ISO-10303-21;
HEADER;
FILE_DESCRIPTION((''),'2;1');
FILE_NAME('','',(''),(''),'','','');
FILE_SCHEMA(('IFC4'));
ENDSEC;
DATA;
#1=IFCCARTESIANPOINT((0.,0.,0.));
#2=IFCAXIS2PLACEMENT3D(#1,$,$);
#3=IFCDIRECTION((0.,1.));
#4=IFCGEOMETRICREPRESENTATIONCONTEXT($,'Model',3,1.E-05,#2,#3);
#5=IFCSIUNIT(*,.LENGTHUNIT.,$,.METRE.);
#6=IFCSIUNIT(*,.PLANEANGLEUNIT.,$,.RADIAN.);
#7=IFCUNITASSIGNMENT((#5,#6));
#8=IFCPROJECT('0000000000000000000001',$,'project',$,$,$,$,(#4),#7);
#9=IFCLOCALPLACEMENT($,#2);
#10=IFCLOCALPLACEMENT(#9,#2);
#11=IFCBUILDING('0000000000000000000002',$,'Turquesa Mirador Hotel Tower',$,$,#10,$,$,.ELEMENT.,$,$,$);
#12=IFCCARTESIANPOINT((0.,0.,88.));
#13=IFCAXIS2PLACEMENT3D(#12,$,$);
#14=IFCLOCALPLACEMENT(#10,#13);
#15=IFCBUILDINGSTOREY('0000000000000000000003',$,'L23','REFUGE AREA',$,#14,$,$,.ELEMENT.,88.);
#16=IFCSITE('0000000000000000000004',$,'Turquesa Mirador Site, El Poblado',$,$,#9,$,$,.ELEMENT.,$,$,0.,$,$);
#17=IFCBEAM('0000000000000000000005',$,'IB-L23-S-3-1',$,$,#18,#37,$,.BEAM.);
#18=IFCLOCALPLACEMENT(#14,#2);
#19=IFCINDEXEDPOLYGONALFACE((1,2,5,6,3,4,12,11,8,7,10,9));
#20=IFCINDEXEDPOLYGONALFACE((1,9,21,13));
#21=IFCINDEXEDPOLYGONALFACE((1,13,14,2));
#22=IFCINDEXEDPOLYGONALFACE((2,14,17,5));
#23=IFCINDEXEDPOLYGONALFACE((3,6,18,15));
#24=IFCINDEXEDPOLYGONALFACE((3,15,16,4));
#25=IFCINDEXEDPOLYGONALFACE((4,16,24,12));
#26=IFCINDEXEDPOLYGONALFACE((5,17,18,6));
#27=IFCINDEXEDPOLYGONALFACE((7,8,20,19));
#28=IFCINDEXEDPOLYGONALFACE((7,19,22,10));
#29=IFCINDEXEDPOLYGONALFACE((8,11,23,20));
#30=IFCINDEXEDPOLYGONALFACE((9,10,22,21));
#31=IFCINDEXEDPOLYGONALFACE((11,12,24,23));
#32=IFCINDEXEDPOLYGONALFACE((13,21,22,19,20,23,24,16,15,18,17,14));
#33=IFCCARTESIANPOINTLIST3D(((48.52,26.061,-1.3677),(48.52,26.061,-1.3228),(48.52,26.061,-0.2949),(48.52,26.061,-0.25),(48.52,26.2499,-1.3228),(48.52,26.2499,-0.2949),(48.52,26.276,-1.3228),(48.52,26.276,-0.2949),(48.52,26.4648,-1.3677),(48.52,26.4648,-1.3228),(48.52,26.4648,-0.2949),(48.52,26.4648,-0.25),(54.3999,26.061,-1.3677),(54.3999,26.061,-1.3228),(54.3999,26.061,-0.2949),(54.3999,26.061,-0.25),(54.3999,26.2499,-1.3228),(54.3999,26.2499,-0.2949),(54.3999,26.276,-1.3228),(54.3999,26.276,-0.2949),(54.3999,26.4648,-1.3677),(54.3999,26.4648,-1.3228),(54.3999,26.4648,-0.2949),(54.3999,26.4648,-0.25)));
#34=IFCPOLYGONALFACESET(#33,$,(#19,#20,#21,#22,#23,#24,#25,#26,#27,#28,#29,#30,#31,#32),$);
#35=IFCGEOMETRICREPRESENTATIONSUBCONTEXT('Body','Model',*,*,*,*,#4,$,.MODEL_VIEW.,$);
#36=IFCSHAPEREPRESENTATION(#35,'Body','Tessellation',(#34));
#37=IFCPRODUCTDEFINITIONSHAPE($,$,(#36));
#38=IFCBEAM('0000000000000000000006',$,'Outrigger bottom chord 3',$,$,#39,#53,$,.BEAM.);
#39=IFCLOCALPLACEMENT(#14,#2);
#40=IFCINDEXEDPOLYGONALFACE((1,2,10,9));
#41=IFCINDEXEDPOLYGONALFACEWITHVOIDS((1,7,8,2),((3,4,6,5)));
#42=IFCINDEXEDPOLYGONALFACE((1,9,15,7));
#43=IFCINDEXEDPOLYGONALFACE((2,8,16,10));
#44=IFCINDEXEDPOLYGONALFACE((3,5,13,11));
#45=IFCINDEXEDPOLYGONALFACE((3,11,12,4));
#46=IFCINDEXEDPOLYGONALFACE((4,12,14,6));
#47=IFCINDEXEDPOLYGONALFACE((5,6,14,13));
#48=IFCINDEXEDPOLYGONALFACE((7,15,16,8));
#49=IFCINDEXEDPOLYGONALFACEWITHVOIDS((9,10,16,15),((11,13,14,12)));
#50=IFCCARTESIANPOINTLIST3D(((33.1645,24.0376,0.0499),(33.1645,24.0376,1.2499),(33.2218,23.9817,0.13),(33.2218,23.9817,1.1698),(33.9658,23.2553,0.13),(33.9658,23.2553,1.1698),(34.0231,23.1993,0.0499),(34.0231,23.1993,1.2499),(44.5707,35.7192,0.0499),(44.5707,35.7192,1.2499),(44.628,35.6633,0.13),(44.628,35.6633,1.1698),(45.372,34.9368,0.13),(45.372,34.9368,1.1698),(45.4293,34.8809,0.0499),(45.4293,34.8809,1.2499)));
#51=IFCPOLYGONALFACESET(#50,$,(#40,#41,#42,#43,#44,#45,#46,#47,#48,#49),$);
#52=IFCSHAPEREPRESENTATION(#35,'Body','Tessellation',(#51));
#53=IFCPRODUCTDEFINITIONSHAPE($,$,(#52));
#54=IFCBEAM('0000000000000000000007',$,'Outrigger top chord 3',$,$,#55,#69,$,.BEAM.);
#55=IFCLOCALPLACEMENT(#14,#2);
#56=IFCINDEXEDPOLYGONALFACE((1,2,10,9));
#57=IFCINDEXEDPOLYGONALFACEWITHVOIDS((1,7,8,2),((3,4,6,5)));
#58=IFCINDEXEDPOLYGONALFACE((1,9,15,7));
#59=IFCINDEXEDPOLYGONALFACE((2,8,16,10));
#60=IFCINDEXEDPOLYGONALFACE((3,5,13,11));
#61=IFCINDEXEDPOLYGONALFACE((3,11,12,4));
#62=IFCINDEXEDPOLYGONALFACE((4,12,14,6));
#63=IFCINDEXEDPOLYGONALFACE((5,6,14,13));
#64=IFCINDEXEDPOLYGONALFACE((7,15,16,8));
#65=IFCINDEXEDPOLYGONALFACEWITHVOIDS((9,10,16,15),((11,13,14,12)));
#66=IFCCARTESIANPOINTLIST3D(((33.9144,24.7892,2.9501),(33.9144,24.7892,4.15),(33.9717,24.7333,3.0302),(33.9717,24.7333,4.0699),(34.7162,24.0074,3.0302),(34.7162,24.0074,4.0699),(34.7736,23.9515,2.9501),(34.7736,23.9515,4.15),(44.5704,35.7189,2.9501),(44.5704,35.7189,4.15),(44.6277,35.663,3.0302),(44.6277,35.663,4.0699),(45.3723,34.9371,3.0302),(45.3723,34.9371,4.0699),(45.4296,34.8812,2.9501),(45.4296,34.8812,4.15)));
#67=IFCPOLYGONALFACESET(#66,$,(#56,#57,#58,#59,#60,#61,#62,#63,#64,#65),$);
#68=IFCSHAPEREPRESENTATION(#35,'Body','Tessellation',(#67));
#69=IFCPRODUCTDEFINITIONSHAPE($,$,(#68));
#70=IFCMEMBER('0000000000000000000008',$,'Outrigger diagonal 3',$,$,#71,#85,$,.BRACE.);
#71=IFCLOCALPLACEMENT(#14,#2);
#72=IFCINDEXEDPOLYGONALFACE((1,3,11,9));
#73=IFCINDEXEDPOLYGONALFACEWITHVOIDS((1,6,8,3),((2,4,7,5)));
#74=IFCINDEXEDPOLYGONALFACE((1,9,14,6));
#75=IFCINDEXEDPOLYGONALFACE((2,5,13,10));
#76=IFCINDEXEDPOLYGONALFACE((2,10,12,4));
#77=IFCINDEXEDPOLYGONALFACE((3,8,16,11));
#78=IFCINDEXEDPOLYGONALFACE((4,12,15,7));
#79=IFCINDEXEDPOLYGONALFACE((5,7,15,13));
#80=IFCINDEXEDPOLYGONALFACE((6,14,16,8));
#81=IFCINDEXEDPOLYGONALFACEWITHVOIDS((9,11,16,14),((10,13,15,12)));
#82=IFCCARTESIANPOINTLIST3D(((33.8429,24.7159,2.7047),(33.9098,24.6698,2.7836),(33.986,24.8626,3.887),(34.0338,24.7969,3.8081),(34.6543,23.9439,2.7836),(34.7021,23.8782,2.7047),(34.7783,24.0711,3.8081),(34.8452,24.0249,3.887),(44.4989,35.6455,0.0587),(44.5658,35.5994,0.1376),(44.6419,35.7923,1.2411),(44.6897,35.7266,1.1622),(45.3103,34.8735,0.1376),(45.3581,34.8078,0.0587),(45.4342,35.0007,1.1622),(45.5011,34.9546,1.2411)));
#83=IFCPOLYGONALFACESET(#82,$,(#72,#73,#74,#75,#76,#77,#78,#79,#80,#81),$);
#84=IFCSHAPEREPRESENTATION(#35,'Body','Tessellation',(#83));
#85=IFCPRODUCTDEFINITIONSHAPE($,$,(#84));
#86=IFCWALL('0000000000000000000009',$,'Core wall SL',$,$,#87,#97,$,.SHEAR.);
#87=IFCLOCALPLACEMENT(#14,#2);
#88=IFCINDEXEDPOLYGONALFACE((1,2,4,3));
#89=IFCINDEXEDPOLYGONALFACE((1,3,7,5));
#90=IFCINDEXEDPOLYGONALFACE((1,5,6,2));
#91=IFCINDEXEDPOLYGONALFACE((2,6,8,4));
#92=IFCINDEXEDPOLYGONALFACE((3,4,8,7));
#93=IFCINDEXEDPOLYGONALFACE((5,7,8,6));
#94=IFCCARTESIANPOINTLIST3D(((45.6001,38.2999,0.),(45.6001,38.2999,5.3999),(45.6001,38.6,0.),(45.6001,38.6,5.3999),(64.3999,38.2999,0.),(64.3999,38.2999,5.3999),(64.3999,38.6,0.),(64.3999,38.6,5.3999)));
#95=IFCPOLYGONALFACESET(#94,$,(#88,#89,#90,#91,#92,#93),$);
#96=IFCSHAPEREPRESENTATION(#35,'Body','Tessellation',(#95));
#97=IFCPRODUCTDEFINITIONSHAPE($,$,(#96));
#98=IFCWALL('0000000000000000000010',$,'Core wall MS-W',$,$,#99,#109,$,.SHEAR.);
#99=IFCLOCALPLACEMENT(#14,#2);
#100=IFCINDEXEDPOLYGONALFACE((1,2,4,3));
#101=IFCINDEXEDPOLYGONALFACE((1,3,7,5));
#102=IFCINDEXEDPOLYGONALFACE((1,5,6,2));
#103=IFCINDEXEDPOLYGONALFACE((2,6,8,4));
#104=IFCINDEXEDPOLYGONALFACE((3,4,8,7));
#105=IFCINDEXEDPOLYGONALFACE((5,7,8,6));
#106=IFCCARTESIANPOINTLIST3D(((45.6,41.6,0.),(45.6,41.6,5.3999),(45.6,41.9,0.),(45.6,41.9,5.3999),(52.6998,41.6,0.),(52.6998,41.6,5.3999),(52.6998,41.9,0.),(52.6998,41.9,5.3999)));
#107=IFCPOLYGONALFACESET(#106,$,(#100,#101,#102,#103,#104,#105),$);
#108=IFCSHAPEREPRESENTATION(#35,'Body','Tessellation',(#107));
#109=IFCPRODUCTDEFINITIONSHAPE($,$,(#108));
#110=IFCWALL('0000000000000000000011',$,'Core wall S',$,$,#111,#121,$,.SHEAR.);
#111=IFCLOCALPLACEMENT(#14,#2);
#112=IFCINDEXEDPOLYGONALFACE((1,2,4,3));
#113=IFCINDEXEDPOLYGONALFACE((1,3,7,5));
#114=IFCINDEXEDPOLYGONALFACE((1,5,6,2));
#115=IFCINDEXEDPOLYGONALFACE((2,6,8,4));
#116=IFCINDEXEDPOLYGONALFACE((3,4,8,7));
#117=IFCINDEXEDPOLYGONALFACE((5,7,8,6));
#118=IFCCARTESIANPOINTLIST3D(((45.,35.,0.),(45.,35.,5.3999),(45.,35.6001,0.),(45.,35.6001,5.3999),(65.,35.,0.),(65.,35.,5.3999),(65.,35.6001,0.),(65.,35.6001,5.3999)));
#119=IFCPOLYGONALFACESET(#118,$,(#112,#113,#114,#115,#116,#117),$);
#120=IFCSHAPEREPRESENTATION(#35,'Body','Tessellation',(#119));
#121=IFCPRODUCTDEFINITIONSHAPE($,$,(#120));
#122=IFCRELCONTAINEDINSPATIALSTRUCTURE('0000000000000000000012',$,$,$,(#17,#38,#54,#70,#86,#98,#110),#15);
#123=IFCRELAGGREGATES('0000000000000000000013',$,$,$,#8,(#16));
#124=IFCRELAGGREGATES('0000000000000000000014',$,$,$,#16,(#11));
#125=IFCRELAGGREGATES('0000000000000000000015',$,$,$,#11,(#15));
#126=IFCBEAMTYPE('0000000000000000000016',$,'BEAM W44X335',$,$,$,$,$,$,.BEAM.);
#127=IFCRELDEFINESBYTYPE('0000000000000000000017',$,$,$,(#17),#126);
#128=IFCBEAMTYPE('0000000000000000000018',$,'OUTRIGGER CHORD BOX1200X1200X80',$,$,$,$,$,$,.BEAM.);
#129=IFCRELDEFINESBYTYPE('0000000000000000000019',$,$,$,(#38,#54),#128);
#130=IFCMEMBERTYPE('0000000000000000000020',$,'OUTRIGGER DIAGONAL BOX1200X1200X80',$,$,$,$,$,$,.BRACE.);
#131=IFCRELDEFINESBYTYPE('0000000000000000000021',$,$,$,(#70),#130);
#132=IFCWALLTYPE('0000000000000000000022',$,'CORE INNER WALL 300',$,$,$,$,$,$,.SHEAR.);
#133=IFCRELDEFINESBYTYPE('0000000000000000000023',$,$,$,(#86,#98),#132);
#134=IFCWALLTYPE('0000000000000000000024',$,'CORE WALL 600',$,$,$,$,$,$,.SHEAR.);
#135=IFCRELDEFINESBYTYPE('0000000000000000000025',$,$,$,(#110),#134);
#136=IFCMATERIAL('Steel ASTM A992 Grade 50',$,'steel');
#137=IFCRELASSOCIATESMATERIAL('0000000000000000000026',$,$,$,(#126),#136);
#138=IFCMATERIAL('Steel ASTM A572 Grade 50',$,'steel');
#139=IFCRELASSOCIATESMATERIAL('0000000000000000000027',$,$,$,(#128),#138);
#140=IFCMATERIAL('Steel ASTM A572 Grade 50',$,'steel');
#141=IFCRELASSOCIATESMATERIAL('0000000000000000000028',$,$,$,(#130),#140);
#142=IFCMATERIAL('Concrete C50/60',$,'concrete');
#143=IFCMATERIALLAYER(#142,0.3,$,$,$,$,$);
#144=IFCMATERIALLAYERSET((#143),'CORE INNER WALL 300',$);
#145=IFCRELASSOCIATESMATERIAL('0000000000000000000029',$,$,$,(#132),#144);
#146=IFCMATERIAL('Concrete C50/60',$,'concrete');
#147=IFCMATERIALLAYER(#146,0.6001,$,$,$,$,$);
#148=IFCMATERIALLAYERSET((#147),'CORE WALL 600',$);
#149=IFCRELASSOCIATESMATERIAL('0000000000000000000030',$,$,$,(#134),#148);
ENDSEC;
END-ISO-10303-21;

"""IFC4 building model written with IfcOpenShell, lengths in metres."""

from ifc_helpers import new_model, si_unit, direction, frame, frame_2d, origin, origin_2d, place, context, subcontext, project, spatial, rectangle, hollow_rectangle, i_section, extrude, material, layer, layer_set, material_profile, profile_set, type_object, element, save


model = new_model("IFC4")

# Units and contexts
model_context = context("Model", 3, precision=1e-05, world=origin(), true_north=direction((0.0, 1.0)))
body_context = subcontext(model_context, "Body", "Model", "MODEL_VIEW")
ifc_project = project(units=[si_unit("LENGTHUNIT", "METRE"), si_unit("PLANEANGLEUNIT", "RADIAN")], contexts=[model_context])

# Site, building, storey
site_placement = place(None, origin())
site = spatial("IfcSite", under=ifc_project, at=site_placement, Name="Turquesa Mirador Site, El Poblado", CompositionType="ELEMENT", RefElevation=0.0)
building_placement = place(site_placement, origin())
building = spatial("IfcBuilding", under=site, at=building_placement, Name="Turquesa Mirador Hotel Tower", CompositionType="ELEMENT")
storey_placement = place(building_placement, frame((0.0, 0.0, 88.0)))
storey = spatial("IfcBuildingStorey", under=building, at=storey_placement, Name="L23", Description="REFUGE AREA", CompositionType="ELEMENT", Elevation=88.0)

# Beams
ifc_material_1 = material(Name="Steel ASTM A992 Grade 50", Category="steel")
ifc_material_profile_1 = material_profile(ifc_material_1, i_section(OverallWidth=0.4038, OverallDepth=1.1177, WebThickness=0.0261, FlangeThickness=0.0449, at=origin_2d()), Name="W44X335")
ifc_profile_set_1 = profile_set([ifc_material_profile_1], Name="Steel ASTM A992 Grade 50")
beam_type_1 = type_object("IfcBeamType", Name="BEAM W44X335", PredefinedType="BEAM", material=ifc_profile_set_1)
beam_1_placement = place(storey_placement, frame((48.52, 26.2629, -0.8088), z_axis=(1.0, 0.0, 0.0), x_axis=(0.0, 1.0, 0.0)))
element("IfcBeam", 1, at=beam_1_placement, inside=storey, type_object=beam_type_1, Name="IB-L23-S-3-1", PredefinedType="BEAM", context=body_context, shape_type="SweptSolid", body=[
    extrude(i_section(OverallWidth=0.4038, OverallDepth=1.1177, WebThickness=0.0261, FlangeThickness=0.0449, at=origin_2d()), origin(), (0.0, 0.0, 1.0), 5.8799),
])
ifc_material_2 = material(Name="Steel ASTM A572 Grade 50", Category="steel")
ifc_material_profile_2 = material_profile(ifc_material_2, hollow_rectangle(XDim=1.2, YDim=1.2, WallThickness=0.0801, at=origin_2d()), Name="BOX1200X1200X80")
ifc_profile_set_2 = profile_set([ifc_material_profile_2], Name="Steel ASTM A572 Grade 50")
beam_type_2 = type_object("IfcBeamType", Name="OUTRIGGER CHORD BOX1200X1200X80", PredefinedType="BEAM", material=ifc_profile_set_2)
beam_2_placement = place(storey_placement, frame((45.0, 35.3, 0.6499), z_axis=(-0.698623, -0.71549, 0.0), x_axis=(0.71549, -0.698623, 0.0)))
element("IfcBeam", 2, at=beam_2_placement, inside=storey, type_object=beam_type_2, Name="Outrigger bottom chord 3", PredefinedType="BEAM", context=body_context, shape_type="SweptSolid", body=[
    extrude(hollow_rectangle(XDim=1.2, YDim=1.2, WallThickness=0.0801, at=origin_2d()), origin(), (0.0, 0.0, 1.0), 16.3267),
])
beam_3_placement = place(storey_placement, frame((45.0, 35.3, 3.55), z_axis=(-0.698085, -0.716015, 0.0), x_axis=(0.716015, -0.698085, 0.0)))
element("IfcBeam", 3, at=beam_3_placement, inside=storey, type_object=beam_type_2, Name="Outrigger top chord 3", PredefinedType="BEAM", context=body_context, shape_type="SweptSolid", body=[
    extrude(hollow_rectangle(XDim=1.2, YDim=1.2, WallThickness=0.0801, at=origin_2d()), origin(), (0.0, 0.0, 1.0), 15.2646),
])

# Member
ifc_material_3 = material(Name="Steel ASTM A572 Grade 50", Category="steel")
ifc_material_profile_3 = material_profile(ifc_material_3, hollow_rectangle(XDim=1.2, YDim=1.2, WallThickness=0.0801, at=origin_2d()), Name="BOX1200X1200X80")
ifc_profile_set_3 = profile_set([ifc_material_profile_3], Name="Steel ASTM A572 Grade 50")
member_type = type_object("IfcMemberType", Name="OUTRIGGER DIAGONAL BOX1200X1200X80", PredefinedType="BRACE", material=ifc_profile_set_3)
member_placement = place(storey_placement, frame((45.0, 35.3, 0.6499), z_axis=(-0.687828, -0.705494, 0.170795), x_axis=(0.716015, -0.698085, 0.0)))
element("IfcMember", 4, at=member_placement, inside=storey, type_object=member_type, Name="Outrigger diagonal 3", PredefinedType="BRACE", context=body_context, shape_type="SweptSolid", body=[
    extrude(hollow_rectangle(XDim=1.2, YDim=1.2, WallThickness=0.0801, at=origin_2d()), origin(), (0.0, 0.0, 1.0), 15.4922),
])

# Walls
ifc_material_4 = material(Name="Concrete C50/60", Category="concrete")
ifc_layer_1 = layer(ifc_material_4, 0.3)
ifc_layer_set_1 = layer_set([ifc_layer_1], Name="CORE INNER WALL 300")
wall_type_1 = type_object("IfcWallType", Name="CORE INNER WALL 300", PredefinedType="SHEAR", material=ifc_layer_set_1)
wall_1_placement = place(storey_placement, frame((45.6001, 38.45, 0.0), z_axis=(0.0, 0.0, 1.0), x_axis=(1.0, 0.0, 0.0)))
element("IfcWall", 5, at=wall_1_placement, inside=storey, type_object=wall_type_1, Name="Core wall SL", PredefinedType="SHEAR", context=body_context, shape_type="SweptSolid", body=[
    extrude(rectangle(XDim=18.7998, YDim=0.3, at=frame_2d((9.3999, 0.0))), origin(), (0.0, 0.0, 1.0), 5.3999),
])
wall_2_placement = place(storey_placement, frame((45.6001, 41.75, 0.0), z_axis=(0.0, 0.0, 1.0), x_axis=(1.0, 0.0, 0.0)))
element("IfcWall", 6, at=wall_2_placement, inside=storey, type_object=wall_type_1, Name="Core wall MS-W", PredefinedType="SHEAR", context=body_context, shape_type="SweptSolid", body=[
    extrude(rectangle(XDim=7.0999, YDim=0.3, at=frame_2d((3.5498, 0.0))), origin(), (0.0, 0.0, 1.0), 5.3999),
])
ifc_material_5 = material(Name="Concrete C50/60", Category="concrete")
ifc_layer_2 = layer(ifc_material_5, 0.6001)
ifc_layer_set_2 = layer_set([ifc_layer_2], Name="CORE WALL 600")
wall_type_2 = type_object("IfcWallType", Name="CORE WALL 600", PredefinedType="SHEAR", material=ifc_layer_set_2)
wall_3_placement = place(storey_placement, frame((45.0, 35.3, 0.0), z_axis=(0.0, 0.0, 1.0), x_axis=(1.0, 0.0, 0.0)))
element("IfcWall", 7, at=wall_3_placement, inside=storey, type_object=wall_type_2, Name="Core wall S", PredefinedType="SHEAR", context=body_context, shape_type="SweptSolid", body=[
    extrude(rectangle(XDim=20.0, YDim=0.6001, at=frame_2d((10.0, 0.0))), origin(), (0.0, 0.0, 1.0), 5.3999),
])

save(model, "model.ifc")
